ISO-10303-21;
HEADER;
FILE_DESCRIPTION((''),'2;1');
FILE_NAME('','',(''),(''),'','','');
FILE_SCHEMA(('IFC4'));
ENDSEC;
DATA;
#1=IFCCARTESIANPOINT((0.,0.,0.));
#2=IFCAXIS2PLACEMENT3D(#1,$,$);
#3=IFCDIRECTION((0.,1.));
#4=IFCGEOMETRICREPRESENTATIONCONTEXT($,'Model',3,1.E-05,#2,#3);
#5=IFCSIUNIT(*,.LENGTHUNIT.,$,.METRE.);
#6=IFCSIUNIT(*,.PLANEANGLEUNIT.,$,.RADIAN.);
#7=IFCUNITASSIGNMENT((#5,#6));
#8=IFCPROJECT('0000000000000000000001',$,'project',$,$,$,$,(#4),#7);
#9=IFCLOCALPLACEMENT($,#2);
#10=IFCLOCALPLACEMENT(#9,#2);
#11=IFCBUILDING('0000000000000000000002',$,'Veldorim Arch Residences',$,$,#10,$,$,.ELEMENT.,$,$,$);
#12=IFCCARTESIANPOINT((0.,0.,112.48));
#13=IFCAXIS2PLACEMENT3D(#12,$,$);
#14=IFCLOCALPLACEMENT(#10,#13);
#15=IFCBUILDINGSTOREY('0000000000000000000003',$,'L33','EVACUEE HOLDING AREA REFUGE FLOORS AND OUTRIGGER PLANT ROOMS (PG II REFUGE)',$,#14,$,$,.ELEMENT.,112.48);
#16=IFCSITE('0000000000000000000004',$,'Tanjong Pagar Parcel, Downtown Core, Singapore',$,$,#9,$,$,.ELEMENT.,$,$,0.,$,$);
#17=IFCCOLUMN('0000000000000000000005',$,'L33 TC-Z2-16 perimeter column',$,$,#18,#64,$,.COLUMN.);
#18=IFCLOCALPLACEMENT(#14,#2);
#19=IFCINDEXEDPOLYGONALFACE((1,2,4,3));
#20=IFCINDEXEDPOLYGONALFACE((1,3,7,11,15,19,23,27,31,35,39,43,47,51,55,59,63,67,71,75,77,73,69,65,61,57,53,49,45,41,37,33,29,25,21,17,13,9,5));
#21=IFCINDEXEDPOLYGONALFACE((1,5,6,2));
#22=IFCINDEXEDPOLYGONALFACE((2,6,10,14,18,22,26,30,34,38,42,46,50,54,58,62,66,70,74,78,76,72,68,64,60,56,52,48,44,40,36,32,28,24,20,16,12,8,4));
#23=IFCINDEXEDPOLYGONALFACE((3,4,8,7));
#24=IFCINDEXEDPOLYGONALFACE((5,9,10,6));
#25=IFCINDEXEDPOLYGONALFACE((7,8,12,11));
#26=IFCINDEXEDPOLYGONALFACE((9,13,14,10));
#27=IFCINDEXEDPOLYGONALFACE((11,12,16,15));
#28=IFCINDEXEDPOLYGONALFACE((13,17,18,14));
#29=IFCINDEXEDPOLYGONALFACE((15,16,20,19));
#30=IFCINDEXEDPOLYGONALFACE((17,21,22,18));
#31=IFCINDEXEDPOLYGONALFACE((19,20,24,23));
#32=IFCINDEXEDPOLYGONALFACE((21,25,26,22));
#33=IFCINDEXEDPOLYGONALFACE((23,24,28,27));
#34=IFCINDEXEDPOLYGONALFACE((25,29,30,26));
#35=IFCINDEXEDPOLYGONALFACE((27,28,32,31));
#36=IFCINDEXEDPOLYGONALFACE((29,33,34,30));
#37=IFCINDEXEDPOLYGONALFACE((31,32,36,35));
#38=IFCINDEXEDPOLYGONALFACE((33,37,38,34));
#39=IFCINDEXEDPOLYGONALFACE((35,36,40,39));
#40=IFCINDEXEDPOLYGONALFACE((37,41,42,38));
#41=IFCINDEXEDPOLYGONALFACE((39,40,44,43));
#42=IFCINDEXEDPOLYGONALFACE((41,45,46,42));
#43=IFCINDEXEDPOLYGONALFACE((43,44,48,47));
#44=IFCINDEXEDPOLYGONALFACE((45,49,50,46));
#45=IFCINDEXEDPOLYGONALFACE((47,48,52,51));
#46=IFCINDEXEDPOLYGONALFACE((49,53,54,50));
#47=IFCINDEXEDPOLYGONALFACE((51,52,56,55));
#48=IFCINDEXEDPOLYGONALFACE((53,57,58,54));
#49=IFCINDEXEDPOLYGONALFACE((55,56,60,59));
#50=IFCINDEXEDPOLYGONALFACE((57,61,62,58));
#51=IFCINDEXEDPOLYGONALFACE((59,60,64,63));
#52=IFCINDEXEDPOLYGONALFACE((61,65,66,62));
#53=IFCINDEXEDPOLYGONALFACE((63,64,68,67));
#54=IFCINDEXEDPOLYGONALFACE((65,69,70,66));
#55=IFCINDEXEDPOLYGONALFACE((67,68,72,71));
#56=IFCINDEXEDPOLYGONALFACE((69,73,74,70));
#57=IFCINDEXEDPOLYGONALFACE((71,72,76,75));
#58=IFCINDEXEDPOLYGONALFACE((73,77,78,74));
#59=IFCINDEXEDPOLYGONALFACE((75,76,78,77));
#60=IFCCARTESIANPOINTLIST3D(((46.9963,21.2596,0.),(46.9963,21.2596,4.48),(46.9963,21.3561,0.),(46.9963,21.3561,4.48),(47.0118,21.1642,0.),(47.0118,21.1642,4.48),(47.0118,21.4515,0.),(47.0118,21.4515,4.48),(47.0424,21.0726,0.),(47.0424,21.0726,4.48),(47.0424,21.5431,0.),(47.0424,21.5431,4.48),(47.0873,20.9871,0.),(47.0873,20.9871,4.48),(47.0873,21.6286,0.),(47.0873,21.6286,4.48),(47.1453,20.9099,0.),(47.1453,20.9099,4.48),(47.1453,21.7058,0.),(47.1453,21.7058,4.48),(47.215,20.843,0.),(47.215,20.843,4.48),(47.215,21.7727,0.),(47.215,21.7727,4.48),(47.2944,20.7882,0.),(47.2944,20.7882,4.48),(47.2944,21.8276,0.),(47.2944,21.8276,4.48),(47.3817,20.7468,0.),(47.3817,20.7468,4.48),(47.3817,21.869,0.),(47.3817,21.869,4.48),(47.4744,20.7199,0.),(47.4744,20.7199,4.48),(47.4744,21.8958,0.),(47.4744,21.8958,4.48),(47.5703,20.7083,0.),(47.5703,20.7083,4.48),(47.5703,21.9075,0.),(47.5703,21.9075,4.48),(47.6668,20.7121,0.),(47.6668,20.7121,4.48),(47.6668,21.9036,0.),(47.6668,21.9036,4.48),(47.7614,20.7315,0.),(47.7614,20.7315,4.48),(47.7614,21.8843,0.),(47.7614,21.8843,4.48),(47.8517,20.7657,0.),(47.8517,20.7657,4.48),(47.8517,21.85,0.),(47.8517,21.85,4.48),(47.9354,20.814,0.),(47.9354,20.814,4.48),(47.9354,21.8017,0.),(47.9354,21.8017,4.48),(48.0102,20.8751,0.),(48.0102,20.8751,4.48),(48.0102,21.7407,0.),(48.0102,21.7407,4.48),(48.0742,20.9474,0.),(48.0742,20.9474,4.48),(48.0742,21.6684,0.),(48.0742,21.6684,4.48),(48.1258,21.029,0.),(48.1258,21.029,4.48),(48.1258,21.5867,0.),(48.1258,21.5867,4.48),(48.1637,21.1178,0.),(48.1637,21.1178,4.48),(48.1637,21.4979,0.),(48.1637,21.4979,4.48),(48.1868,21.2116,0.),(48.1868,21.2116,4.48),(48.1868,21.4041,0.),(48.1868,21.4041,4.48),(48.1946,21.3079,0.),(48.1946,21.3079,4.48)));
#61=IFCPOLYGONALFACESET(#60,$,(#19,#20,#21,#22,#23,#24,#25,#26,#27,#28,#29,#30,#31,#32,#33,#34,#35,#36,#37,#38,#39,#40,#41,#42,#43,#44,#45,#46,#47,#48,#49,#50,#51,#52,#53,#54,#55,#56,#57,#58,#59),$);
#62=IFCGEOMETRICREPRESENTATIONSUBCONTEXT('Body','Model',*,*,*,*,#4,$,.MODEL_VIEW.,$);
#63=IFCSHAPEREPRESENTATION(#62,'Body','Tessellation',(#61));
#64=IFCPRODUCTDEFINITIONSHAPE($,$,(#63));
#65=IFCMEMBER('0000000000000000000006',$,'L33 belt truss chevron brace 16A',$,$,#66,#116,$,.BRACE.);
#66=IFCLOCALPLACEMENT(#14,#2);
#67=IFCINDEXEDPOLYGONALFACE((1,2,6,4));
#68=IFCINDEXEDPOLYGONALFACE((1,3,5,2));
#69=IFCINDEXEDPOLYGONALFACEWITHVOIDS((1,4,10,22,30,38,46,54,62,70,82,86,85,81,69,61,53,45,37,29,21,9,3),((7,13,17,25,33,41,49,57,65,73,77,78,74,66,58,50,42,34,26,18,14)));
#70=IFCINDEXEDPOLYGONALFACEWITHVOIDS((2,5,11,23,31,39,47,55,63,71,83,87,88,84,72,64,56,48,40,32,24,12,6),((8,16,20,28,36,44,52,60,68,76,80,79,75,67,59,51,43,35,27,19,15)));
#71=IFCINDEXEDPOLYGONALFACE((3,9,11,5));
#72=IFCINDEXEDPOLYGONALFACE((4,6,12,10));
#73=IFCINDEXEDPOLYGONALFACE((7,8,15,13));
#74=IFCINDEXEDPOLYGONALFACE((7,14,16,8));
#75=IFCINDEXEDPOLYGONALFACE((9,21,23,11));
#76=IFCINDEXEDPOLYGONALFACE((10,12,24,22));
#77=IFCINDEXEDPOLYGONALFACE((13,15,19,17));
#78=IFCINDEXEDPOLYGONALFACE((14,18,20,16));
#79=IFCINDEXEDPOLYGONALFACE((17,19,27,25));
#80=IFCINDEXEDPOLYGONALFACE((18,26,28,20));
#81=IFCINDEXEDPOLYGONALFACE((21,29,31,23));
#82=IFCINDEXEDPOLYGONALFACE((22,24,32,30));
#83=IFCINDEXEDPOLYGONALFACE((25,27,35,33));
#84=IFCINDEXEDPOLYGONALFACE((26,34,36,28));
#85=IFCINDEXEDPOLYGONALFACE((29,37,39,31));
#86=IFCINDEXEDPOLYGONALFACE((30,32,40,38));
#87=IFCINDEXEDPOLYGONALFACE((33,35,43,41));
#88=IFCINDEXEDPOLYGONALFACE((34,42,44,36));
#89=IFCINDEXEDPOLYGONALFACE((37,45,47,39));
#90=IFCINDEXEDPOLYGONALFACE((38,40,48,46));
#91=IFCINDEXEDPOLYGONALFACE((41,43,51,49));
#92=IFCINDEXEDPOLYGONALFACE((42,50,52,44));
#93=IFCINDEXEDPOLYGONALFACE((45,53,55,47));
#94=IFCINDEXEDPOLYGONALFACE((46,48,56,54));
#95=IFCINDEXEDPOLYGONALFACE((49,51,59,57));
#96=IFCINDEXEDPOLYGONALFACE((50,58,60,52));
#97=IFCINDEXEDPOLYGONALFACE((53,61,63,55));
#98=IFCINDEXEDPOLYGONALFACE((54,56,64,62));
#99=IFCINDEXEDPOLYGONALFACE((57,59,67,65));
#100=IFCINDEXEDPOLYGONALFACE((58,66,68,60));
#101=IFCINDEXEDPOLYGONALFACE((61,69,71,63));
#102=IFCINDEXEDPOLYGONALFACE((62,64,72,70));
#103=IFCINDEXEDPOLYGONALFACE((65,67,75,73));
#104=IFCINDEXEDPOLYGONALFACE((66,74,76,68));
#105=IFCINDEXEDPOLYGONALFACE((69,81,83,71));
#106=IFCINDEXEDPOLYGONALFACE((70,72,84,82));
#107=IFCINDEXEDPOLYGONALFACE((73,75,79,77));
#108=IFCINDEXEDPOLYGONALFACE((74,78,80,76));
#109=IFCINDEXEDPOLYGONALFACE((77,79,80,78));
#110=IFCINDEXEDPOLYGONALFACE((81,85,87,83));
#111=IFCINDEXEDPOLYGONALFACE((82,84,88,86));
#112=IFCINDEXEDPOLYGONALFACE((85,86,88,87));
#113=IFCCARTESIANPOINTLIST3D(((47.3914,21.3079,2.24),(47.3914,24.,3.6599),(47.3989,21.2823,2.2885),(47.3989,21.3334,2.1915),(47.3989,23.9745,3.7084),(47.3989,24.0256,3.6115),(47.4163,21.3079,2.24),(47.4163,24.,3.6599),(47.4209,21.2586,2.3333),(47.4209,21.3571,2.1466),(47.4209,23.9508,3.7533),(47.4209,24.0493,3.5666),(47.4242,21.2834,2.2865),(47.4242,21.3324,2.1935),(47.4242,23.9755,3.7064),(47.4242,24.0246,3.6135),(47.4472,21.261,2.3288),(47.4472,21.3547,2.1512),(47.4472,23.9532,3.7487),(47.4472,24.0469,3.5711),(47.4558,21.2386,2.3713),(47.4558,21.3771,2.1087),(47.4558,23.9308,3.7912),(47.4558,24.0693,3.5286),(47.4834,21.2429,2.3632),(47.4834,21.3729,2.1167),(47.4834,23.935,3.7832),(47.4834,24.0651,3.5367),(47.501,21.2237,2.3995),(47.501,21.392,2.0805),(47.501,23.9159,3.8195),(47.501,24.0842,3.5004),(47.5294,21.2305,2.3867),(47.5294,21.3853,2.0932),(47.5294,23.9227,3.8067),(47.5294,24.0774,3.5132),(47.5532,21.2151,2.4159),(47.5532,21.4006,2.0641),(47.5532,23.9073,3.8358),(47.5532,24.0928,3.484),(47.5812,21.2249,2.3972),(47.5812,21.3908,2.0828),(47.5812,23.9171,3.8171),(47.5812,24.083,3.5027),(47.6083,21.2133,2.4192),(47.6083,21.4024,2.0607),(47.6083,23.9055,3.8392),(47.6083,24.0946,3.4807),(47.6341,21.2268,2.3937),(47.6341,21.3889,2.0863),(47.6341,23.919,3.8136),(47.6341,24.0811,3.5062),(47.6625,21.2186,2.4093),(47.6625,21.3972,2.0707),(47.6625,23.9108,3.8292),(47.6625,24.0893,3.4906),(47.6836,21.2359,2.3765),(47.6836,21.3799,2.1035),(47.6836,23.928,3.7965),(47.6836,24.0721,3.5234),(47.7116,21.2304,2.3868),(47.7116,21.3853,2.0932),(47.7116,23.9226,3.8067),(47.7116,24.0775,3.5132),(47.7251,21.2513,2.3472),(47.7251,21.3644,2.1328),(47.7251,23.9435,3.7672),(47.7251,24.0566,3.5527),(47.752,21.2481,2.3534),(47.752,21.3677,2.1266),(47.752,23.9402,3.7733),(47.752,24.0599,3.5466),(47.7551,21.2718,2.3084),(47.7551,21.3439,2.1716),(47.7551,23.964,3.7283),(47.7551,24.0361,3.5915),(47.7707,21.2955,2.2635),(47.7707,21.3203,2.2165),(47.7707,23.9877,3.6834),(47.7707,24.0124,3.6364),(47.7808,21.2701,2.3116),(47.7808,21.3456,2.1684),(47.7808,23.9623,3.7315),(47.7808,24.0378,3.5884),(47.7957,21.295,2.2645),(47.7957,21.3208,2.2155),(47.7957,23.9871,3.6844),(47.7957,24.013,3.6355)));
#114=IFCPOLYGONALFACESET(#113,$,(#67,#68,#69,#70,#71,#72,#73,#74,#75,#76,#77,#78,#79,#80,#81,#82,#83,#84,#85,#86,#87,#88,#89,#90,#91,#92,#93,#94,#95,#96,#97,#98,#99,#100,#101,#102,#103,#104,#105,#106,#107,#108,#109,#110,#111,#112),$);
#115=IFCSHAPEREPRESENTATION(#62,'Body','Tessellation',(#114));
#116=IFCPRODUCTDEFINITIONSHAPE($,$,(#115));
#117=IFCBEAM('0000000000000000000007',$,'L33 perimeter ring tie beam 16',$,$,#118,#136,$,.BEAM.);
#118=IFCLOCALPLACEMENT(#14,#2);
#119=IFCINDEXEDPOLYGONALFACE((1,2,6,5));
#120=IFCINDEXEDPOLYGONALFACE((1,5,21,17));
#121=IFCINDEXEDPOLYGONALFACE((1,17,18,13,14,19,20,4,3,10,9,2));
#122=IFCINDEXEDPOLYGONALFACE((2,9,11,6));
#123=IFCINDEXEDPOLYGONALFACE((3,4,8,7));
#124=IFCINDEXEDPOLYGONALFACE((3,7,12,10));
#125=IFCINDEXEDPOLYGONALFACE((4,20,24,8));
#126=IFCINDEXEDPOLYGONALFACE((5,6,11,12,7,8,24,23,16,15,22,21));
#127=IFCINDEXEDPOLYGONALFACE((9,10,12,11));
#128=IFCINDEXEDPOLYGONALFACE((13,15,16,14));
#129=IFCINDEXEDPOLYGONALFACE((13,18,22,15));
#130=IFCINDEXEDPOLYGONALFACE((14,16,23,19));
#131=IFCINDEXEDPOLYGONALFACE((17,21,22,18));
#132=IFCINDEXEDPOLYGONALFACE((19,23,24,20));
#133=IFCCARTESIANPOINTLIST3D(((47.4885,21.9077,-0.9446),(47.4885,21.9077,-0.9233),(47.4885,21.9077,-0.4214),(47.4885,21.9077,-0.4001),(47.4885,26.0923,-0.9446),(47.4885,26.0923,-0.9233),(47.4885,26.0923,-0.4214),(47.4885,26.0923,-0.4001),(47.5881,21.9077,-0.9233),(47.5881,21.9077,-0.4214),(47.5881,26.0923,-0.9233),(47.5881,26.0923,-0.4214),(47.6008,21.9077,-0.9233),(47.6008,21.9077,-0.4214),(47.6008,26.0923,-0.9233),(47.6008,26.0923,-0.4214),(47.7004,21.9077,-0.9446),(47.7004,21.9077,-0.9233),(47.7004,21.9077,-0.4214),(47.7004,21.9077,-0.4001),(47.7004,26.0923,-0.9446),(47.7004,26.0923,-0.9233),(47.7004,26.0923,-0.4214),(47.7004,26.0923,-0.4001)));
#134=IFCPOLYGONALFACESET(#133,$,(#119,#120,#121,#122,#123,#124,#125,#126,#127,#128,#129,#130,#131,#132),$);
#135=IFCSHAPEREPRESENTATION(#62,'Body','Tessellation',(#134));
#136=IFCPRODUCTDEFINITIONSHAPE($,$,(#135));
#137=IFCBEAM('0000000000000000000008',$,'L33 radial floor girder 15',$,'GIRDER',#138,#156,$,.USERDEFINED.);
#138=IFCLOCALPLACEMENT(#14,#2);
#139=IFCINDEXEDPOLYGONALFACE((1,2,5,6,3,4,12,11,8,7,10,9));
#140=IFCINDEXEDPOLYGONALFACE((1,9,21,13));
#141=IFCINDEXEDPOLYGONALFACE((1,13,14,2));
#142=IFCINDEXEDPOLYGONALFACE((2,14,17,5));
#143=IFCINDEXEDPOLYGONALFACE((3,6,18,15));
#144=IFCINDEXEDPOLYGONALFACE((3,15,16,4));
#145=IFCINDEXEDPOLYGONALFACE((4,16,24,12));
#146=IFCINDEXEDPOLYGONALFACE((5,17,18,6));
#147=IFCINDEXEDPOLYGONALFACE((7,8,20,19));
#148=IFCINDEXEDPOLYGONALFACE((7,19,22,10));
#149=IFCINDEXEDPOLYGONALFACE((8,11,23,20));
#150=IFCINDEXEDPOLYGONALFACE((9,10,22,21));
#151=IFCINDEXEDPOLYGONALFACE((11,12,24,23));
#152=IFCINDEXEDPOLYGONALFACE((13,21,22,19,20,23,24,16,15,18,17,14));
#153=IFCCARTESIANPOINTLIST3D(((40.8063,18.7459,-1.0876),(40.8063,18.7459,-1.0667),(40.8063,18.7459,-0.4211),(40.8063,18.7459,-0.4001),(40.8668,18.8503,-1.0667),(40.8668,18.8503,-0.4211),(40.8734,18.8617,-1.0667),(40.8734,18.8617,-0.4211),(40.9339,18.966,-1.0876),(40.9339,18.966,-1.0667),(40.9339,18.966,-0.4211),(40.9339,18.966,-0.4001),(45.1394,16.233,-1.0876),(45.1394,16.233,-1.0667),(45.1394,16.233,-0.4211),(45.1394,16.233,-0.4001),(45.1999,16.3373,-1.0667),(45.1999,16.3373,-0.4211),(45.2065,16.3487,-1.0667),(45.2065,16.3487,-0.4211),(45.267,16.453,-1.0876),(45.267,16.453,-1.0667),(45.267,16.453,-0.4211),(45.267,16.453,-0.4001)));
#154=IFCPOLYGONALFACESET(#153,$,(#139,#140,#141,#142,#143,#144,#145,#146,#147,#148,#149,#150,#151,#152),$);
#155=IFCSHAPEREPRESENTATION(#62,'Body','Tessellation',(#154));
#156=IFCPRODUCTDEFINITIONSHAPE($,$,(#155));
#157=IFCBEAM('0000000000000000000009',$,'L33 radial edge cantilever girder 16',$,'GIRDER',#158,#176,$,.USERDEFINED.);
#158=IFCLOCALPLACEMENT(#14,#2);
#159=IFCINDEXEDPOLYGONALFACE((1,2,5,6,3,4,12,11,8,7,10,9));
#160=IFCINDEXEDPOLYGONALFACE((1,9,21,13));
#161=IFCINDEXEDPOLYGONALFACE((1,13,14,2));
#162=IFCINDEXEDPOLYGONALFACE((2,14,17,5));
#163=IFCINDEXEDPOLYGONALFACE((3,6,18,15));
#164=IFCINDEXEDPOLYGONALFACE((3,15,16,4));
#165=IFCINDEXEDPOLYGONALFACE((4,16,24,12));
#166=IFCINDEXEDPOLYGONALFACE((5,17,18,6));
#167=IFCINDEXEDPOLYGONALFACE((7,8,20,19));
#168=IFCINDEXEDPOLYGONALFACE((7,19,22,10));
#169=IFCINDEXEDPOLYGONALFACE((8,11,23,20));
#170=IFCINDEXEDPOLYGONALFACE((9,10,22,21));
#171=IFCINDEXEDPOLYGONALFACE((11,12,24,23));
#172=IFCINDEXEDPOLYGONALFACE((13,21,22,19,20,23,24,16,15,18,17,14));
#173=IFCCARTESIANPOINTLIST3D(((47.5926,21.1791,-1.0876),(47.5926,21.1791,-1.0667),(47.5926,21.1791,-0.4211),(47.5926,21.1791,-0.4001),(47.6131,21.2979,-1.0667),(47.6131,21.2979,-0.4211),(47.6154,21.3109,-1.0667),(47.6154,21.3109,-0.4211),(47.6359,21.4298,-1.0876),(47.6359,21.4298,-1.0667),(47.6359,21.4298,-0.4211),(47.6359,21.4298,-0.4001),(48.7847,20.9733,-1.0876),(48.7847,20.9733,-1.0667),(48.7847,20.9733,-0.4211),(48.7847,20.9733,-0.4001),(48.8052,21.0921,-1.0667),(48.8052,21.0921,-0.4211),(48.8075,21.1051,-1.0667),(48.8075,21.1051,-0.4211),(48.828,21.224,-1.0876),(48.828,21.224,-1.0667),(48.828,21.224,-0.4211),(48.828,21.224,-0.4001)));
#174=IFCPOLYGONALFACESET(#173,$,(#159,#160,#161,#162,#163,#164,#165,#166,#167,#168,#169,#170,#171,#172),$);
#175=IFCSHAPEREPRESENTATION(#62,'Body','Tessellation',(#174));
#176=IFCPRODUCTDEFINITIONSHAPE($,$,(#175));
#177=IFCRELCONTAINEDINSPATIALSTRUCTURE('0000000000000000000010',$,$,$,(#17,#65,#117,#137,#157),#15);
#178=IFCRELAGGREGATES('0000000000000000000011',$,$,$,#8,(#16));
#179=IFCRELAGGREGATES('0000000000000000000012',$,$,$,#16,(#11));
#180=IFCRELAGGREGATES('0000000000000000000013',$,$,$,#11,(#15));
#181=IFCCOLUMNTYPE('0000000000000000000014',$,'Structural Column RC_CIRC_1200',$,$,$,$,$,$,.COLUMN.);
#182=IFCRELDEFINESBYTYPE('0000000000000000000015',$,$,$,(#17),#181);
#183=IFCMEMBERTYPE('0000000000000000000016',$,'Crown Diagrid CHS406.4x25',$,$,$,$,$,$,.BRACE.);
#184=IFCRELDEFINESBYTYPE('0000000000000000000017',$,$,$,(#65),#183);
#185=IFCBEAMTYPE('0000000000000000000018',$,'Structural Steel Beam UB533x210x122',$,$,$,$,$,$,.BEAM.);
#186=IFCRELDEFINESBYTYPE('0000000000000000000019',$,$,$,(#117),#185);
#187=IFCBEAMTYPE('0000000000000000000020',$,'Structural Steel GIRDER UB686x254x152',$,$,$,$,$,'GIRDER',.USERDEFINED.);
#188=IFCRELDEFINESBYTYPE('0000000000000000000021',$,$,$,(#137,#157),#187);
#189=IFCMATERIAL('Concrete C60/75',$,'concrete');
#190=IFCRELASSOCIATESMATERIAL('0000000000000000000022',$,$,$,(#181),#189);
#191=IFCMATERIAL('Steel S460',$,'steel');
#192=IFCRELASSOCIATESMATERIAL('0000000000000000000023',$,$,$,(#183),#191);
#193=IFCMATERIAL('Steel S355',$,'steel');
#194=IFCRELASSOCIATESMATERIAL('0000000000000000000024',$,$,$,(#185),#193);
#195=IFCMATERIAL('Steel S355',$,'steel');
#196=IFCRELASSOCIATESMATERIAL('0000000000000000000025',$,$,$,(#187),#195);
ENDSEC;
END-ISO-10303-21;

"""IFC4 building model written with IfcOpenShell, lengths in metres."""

from ifc_helpers import new_model, si_unit, direction, frame, origin, origin_2d, place, context, subcontext, project, spatial, circle, hollow_circle, i_section, extrude, material, material_profile, profile_set, type_object, element, save


model = new_model("IFC4")

# Units and contexts
model_context = context("Model", 3, precision=1e-05, world=origin(), true_north=direction((0.0, 1.0)))
body_context = subcontext(model_context, "Body", "Model", "MODEL_VIEW")
ifc_project = project(units=[si_unit("LENGTHUNIT", "METRE"), si_unit("PLANEANGLEUNIT", "RADIAN")], contexts=[model_context])

# Site, building, storey
site_placement = place(None, origin())
site = spatial("IfcSite", under=ifc_project, at=site_placement, Name="Tanjong Pagar Parcel, Downtown Core, Singapore", CompositionType="ELEMENT", RefElevation=0.0)
building_placement = place(site_placement, origin())
building = spatial("IfcBuilding", under=site, at=building_placement, Name="Veldorim Arch Residences", CompositionType="ELEMENT")
storey_placement = place(building_placement, frame((0.0, 0.0, 112.48)))
storey = spatial("IfcBuildingStorey", under=building, at=storey_placement, Name="L33", Description="EVACUEE HOLDING AREA REFUGE FLOORS AND OUTRIGGER PLANT ROOMS (PG II REFUGE)", CompositionType="ELEMENT", Elevation=112.48)

# Column
ifc_material_1 = material(Name="Concrete C60/75", Category="concrete")
ifc_material_profile_1 = material_profile(ifc_material_1, circle(Radius=0.6001, at=origin_2d()), Name="RC_CIRC_1200")
ifc_profile_set_1 = profile_set([ifc_material_profile_1], Name="Concrete C60/75")
column_type = type_object("IfcColumnType", Name="Structural Column RC_CIRC_1200", PredefinedType="COLUMN", material=ifc_profile_set_1)
column_placement = place(storey_placement, frame((47.5945, 21.3079, 0.0), z_axis=(0.0, 0.0, 1.0), x_axis=(1.0, 0.0, 0.0)))
element("IfcColumn", 1, at=column_placement, inside=storey, type_object=column_type, Name="L33 TC-Z2-16 perimeter column", PredefinedType="COLUMN", context=body_context, shape_type="SweptSolid", body=[
    extrude(circle(Radius=0.6001, at=origin_2d()), origin(), (0.0, 0.0, 1.0), 4.48),
])

# Member
ifc_material_2 = material(Name="Steel S460", Category="steel")
ifc_material_profile_2 = material_profile(ifc_material_2, hollow_circle(Radius=0.2031, WallThickness=0.0249, at=origin_2d()), Name="CHS406.4x25")
ifc_profile_set_2 = profile_set([ifc_material_profile_2], Name="Steel S460")
member_type_1 = type_object("IfcMemberType", Name="Crown Diagrid CHS406.4x25", PredefinedType="BRACE", material=ifc_profile_set_2)
member_placement = place(storey_placement, frame((47.5945, 21.3079, 2.24), z_axis=(0.0, 0.884511, 0.46652), x_axis=(-1.0, 0.0, 0.0)))
element("IfcMember", 2, at=member_placement, inside=storey, type_object=member_type_1, Name="L33 belt truss chevron brace 16A", PredefinedType="BRACE", context=body_context, shape_type="SweptSolid", body=[
    extrude(hollow_circle(Radius=0.2031, WallThickness=0.0249, at=origin_2d()), origin(), (0.0, 0.0, 1.0), 3.0437),
])

# Beams
ifc_material_3 = material(Name="Steel S355", Category="steel")
ifc_material_profile_3 = material_profile(ifc_material_3, i_section(OverallWidth=0.2119, OverallDepth=0.5444, WebThickness=0.0127, FlangeThickness=0.0212, at=origin_2d()), Name="UB533x210x122")
ifc_profile_set_3 = profile_set([ifc_material_profile_3], Name="Steel S355")
beam_type_1 = type_object("IfcBeamType", Name="Structural Steel Beam UB533x210x122", PredefinedType="BEAM", material=ifc_profile_set_3)
beam_1_placement = place(storey_placement, frame((47.5945, 21.9077, -0.6724), z_axis=(0.0, 1.0, 0.0), x_axis=(-1.0, 0.0, 0.0)))
element("IfcBeam", 3, at=beam_1_placement, inside=storey, type_object=beam_type_1, Name="L33 perimeter ring tie beam 16", PredefinedType="BEAM", context=body_context, shape_type="SweptSolid", body=[
    extrude(i_section(OverallWidth=0.2119, OverallDepth=0.5444, WebThickness=0.0127, FlangeThickness=0.0212, at=origin_2d()), origin(), (0.0, 0.0, 1.0), 4.1846),
])
ifc_material_4 = material(Name="Steel S355", Category="steel")
ifc_material_profile_4 = material_profile(ifc_material_4, i_section(OverallWidth=0.2544, OverallDepth=0.6875, WebThickness=0.0132, FlangeThickness=0.021, at=origin_2d()), Name="UB686x254x152")
ifc_profile_set_4 = profile_set([ifc_material_profile_4], Name="Steel S355")
beam_type_2 = type_object("IfcBeamType", Name="Structural Steel GIRDER UB686x254x152", ElementType="GIRDER", PredefinedType="USERDEFINED", material=ifc_profile_set_4)
beam_2_placement = place(storey_placement, frame((40.8701, 18.856, -0.7439), z_axis=(0.865049, -0.501687, 0.0), x_axis=(0.501687, 0.865049, 0.0)))
element("IfcBeam", 4, at=beam_2_placement, inside=storey, type_object=beam_type_2, Name="L33 radial floor girder 15", ObjectType="GIRDER", PredefinedType="USERDEFINED", context=body_context, shape_type="SweptSolid", body=[
    extrude(i_section(OverallWidth=0.2544, OverallDepth=0.6875, WebThickness=0.0132, FlangeThickness=0.021, at=origin_2d()), origin(), (0.0, 0.0, 1.0), 5.009),
])
beam_3_placement = place(storey_placement, frame((47.6143, 21.3044, -0.7439), z_axis=(0.985423, -0.170123, 0.0), x_axis=(0.170123, 0.985423, 0.0)))
element("IfcBeam", 5, at=beam_3_placement, inside=storey, type_object=beam_type_2, Name="L33 radial edge cantilever girder 16", ObjectType="GIRDER", PredefinedType="USERDEFINED", context=body_context, shape_type="SweptSolid", body=[
    extrude(i_section(OverallWidth=0.2544, OverallDepth=0.6875, WebThickness=0.0132, FlangeThickness=0.021, at=origin_2d()), origin(), (0.0, 0.0, 1.0), 1.2097),
])

save(model, "model.ifc")
